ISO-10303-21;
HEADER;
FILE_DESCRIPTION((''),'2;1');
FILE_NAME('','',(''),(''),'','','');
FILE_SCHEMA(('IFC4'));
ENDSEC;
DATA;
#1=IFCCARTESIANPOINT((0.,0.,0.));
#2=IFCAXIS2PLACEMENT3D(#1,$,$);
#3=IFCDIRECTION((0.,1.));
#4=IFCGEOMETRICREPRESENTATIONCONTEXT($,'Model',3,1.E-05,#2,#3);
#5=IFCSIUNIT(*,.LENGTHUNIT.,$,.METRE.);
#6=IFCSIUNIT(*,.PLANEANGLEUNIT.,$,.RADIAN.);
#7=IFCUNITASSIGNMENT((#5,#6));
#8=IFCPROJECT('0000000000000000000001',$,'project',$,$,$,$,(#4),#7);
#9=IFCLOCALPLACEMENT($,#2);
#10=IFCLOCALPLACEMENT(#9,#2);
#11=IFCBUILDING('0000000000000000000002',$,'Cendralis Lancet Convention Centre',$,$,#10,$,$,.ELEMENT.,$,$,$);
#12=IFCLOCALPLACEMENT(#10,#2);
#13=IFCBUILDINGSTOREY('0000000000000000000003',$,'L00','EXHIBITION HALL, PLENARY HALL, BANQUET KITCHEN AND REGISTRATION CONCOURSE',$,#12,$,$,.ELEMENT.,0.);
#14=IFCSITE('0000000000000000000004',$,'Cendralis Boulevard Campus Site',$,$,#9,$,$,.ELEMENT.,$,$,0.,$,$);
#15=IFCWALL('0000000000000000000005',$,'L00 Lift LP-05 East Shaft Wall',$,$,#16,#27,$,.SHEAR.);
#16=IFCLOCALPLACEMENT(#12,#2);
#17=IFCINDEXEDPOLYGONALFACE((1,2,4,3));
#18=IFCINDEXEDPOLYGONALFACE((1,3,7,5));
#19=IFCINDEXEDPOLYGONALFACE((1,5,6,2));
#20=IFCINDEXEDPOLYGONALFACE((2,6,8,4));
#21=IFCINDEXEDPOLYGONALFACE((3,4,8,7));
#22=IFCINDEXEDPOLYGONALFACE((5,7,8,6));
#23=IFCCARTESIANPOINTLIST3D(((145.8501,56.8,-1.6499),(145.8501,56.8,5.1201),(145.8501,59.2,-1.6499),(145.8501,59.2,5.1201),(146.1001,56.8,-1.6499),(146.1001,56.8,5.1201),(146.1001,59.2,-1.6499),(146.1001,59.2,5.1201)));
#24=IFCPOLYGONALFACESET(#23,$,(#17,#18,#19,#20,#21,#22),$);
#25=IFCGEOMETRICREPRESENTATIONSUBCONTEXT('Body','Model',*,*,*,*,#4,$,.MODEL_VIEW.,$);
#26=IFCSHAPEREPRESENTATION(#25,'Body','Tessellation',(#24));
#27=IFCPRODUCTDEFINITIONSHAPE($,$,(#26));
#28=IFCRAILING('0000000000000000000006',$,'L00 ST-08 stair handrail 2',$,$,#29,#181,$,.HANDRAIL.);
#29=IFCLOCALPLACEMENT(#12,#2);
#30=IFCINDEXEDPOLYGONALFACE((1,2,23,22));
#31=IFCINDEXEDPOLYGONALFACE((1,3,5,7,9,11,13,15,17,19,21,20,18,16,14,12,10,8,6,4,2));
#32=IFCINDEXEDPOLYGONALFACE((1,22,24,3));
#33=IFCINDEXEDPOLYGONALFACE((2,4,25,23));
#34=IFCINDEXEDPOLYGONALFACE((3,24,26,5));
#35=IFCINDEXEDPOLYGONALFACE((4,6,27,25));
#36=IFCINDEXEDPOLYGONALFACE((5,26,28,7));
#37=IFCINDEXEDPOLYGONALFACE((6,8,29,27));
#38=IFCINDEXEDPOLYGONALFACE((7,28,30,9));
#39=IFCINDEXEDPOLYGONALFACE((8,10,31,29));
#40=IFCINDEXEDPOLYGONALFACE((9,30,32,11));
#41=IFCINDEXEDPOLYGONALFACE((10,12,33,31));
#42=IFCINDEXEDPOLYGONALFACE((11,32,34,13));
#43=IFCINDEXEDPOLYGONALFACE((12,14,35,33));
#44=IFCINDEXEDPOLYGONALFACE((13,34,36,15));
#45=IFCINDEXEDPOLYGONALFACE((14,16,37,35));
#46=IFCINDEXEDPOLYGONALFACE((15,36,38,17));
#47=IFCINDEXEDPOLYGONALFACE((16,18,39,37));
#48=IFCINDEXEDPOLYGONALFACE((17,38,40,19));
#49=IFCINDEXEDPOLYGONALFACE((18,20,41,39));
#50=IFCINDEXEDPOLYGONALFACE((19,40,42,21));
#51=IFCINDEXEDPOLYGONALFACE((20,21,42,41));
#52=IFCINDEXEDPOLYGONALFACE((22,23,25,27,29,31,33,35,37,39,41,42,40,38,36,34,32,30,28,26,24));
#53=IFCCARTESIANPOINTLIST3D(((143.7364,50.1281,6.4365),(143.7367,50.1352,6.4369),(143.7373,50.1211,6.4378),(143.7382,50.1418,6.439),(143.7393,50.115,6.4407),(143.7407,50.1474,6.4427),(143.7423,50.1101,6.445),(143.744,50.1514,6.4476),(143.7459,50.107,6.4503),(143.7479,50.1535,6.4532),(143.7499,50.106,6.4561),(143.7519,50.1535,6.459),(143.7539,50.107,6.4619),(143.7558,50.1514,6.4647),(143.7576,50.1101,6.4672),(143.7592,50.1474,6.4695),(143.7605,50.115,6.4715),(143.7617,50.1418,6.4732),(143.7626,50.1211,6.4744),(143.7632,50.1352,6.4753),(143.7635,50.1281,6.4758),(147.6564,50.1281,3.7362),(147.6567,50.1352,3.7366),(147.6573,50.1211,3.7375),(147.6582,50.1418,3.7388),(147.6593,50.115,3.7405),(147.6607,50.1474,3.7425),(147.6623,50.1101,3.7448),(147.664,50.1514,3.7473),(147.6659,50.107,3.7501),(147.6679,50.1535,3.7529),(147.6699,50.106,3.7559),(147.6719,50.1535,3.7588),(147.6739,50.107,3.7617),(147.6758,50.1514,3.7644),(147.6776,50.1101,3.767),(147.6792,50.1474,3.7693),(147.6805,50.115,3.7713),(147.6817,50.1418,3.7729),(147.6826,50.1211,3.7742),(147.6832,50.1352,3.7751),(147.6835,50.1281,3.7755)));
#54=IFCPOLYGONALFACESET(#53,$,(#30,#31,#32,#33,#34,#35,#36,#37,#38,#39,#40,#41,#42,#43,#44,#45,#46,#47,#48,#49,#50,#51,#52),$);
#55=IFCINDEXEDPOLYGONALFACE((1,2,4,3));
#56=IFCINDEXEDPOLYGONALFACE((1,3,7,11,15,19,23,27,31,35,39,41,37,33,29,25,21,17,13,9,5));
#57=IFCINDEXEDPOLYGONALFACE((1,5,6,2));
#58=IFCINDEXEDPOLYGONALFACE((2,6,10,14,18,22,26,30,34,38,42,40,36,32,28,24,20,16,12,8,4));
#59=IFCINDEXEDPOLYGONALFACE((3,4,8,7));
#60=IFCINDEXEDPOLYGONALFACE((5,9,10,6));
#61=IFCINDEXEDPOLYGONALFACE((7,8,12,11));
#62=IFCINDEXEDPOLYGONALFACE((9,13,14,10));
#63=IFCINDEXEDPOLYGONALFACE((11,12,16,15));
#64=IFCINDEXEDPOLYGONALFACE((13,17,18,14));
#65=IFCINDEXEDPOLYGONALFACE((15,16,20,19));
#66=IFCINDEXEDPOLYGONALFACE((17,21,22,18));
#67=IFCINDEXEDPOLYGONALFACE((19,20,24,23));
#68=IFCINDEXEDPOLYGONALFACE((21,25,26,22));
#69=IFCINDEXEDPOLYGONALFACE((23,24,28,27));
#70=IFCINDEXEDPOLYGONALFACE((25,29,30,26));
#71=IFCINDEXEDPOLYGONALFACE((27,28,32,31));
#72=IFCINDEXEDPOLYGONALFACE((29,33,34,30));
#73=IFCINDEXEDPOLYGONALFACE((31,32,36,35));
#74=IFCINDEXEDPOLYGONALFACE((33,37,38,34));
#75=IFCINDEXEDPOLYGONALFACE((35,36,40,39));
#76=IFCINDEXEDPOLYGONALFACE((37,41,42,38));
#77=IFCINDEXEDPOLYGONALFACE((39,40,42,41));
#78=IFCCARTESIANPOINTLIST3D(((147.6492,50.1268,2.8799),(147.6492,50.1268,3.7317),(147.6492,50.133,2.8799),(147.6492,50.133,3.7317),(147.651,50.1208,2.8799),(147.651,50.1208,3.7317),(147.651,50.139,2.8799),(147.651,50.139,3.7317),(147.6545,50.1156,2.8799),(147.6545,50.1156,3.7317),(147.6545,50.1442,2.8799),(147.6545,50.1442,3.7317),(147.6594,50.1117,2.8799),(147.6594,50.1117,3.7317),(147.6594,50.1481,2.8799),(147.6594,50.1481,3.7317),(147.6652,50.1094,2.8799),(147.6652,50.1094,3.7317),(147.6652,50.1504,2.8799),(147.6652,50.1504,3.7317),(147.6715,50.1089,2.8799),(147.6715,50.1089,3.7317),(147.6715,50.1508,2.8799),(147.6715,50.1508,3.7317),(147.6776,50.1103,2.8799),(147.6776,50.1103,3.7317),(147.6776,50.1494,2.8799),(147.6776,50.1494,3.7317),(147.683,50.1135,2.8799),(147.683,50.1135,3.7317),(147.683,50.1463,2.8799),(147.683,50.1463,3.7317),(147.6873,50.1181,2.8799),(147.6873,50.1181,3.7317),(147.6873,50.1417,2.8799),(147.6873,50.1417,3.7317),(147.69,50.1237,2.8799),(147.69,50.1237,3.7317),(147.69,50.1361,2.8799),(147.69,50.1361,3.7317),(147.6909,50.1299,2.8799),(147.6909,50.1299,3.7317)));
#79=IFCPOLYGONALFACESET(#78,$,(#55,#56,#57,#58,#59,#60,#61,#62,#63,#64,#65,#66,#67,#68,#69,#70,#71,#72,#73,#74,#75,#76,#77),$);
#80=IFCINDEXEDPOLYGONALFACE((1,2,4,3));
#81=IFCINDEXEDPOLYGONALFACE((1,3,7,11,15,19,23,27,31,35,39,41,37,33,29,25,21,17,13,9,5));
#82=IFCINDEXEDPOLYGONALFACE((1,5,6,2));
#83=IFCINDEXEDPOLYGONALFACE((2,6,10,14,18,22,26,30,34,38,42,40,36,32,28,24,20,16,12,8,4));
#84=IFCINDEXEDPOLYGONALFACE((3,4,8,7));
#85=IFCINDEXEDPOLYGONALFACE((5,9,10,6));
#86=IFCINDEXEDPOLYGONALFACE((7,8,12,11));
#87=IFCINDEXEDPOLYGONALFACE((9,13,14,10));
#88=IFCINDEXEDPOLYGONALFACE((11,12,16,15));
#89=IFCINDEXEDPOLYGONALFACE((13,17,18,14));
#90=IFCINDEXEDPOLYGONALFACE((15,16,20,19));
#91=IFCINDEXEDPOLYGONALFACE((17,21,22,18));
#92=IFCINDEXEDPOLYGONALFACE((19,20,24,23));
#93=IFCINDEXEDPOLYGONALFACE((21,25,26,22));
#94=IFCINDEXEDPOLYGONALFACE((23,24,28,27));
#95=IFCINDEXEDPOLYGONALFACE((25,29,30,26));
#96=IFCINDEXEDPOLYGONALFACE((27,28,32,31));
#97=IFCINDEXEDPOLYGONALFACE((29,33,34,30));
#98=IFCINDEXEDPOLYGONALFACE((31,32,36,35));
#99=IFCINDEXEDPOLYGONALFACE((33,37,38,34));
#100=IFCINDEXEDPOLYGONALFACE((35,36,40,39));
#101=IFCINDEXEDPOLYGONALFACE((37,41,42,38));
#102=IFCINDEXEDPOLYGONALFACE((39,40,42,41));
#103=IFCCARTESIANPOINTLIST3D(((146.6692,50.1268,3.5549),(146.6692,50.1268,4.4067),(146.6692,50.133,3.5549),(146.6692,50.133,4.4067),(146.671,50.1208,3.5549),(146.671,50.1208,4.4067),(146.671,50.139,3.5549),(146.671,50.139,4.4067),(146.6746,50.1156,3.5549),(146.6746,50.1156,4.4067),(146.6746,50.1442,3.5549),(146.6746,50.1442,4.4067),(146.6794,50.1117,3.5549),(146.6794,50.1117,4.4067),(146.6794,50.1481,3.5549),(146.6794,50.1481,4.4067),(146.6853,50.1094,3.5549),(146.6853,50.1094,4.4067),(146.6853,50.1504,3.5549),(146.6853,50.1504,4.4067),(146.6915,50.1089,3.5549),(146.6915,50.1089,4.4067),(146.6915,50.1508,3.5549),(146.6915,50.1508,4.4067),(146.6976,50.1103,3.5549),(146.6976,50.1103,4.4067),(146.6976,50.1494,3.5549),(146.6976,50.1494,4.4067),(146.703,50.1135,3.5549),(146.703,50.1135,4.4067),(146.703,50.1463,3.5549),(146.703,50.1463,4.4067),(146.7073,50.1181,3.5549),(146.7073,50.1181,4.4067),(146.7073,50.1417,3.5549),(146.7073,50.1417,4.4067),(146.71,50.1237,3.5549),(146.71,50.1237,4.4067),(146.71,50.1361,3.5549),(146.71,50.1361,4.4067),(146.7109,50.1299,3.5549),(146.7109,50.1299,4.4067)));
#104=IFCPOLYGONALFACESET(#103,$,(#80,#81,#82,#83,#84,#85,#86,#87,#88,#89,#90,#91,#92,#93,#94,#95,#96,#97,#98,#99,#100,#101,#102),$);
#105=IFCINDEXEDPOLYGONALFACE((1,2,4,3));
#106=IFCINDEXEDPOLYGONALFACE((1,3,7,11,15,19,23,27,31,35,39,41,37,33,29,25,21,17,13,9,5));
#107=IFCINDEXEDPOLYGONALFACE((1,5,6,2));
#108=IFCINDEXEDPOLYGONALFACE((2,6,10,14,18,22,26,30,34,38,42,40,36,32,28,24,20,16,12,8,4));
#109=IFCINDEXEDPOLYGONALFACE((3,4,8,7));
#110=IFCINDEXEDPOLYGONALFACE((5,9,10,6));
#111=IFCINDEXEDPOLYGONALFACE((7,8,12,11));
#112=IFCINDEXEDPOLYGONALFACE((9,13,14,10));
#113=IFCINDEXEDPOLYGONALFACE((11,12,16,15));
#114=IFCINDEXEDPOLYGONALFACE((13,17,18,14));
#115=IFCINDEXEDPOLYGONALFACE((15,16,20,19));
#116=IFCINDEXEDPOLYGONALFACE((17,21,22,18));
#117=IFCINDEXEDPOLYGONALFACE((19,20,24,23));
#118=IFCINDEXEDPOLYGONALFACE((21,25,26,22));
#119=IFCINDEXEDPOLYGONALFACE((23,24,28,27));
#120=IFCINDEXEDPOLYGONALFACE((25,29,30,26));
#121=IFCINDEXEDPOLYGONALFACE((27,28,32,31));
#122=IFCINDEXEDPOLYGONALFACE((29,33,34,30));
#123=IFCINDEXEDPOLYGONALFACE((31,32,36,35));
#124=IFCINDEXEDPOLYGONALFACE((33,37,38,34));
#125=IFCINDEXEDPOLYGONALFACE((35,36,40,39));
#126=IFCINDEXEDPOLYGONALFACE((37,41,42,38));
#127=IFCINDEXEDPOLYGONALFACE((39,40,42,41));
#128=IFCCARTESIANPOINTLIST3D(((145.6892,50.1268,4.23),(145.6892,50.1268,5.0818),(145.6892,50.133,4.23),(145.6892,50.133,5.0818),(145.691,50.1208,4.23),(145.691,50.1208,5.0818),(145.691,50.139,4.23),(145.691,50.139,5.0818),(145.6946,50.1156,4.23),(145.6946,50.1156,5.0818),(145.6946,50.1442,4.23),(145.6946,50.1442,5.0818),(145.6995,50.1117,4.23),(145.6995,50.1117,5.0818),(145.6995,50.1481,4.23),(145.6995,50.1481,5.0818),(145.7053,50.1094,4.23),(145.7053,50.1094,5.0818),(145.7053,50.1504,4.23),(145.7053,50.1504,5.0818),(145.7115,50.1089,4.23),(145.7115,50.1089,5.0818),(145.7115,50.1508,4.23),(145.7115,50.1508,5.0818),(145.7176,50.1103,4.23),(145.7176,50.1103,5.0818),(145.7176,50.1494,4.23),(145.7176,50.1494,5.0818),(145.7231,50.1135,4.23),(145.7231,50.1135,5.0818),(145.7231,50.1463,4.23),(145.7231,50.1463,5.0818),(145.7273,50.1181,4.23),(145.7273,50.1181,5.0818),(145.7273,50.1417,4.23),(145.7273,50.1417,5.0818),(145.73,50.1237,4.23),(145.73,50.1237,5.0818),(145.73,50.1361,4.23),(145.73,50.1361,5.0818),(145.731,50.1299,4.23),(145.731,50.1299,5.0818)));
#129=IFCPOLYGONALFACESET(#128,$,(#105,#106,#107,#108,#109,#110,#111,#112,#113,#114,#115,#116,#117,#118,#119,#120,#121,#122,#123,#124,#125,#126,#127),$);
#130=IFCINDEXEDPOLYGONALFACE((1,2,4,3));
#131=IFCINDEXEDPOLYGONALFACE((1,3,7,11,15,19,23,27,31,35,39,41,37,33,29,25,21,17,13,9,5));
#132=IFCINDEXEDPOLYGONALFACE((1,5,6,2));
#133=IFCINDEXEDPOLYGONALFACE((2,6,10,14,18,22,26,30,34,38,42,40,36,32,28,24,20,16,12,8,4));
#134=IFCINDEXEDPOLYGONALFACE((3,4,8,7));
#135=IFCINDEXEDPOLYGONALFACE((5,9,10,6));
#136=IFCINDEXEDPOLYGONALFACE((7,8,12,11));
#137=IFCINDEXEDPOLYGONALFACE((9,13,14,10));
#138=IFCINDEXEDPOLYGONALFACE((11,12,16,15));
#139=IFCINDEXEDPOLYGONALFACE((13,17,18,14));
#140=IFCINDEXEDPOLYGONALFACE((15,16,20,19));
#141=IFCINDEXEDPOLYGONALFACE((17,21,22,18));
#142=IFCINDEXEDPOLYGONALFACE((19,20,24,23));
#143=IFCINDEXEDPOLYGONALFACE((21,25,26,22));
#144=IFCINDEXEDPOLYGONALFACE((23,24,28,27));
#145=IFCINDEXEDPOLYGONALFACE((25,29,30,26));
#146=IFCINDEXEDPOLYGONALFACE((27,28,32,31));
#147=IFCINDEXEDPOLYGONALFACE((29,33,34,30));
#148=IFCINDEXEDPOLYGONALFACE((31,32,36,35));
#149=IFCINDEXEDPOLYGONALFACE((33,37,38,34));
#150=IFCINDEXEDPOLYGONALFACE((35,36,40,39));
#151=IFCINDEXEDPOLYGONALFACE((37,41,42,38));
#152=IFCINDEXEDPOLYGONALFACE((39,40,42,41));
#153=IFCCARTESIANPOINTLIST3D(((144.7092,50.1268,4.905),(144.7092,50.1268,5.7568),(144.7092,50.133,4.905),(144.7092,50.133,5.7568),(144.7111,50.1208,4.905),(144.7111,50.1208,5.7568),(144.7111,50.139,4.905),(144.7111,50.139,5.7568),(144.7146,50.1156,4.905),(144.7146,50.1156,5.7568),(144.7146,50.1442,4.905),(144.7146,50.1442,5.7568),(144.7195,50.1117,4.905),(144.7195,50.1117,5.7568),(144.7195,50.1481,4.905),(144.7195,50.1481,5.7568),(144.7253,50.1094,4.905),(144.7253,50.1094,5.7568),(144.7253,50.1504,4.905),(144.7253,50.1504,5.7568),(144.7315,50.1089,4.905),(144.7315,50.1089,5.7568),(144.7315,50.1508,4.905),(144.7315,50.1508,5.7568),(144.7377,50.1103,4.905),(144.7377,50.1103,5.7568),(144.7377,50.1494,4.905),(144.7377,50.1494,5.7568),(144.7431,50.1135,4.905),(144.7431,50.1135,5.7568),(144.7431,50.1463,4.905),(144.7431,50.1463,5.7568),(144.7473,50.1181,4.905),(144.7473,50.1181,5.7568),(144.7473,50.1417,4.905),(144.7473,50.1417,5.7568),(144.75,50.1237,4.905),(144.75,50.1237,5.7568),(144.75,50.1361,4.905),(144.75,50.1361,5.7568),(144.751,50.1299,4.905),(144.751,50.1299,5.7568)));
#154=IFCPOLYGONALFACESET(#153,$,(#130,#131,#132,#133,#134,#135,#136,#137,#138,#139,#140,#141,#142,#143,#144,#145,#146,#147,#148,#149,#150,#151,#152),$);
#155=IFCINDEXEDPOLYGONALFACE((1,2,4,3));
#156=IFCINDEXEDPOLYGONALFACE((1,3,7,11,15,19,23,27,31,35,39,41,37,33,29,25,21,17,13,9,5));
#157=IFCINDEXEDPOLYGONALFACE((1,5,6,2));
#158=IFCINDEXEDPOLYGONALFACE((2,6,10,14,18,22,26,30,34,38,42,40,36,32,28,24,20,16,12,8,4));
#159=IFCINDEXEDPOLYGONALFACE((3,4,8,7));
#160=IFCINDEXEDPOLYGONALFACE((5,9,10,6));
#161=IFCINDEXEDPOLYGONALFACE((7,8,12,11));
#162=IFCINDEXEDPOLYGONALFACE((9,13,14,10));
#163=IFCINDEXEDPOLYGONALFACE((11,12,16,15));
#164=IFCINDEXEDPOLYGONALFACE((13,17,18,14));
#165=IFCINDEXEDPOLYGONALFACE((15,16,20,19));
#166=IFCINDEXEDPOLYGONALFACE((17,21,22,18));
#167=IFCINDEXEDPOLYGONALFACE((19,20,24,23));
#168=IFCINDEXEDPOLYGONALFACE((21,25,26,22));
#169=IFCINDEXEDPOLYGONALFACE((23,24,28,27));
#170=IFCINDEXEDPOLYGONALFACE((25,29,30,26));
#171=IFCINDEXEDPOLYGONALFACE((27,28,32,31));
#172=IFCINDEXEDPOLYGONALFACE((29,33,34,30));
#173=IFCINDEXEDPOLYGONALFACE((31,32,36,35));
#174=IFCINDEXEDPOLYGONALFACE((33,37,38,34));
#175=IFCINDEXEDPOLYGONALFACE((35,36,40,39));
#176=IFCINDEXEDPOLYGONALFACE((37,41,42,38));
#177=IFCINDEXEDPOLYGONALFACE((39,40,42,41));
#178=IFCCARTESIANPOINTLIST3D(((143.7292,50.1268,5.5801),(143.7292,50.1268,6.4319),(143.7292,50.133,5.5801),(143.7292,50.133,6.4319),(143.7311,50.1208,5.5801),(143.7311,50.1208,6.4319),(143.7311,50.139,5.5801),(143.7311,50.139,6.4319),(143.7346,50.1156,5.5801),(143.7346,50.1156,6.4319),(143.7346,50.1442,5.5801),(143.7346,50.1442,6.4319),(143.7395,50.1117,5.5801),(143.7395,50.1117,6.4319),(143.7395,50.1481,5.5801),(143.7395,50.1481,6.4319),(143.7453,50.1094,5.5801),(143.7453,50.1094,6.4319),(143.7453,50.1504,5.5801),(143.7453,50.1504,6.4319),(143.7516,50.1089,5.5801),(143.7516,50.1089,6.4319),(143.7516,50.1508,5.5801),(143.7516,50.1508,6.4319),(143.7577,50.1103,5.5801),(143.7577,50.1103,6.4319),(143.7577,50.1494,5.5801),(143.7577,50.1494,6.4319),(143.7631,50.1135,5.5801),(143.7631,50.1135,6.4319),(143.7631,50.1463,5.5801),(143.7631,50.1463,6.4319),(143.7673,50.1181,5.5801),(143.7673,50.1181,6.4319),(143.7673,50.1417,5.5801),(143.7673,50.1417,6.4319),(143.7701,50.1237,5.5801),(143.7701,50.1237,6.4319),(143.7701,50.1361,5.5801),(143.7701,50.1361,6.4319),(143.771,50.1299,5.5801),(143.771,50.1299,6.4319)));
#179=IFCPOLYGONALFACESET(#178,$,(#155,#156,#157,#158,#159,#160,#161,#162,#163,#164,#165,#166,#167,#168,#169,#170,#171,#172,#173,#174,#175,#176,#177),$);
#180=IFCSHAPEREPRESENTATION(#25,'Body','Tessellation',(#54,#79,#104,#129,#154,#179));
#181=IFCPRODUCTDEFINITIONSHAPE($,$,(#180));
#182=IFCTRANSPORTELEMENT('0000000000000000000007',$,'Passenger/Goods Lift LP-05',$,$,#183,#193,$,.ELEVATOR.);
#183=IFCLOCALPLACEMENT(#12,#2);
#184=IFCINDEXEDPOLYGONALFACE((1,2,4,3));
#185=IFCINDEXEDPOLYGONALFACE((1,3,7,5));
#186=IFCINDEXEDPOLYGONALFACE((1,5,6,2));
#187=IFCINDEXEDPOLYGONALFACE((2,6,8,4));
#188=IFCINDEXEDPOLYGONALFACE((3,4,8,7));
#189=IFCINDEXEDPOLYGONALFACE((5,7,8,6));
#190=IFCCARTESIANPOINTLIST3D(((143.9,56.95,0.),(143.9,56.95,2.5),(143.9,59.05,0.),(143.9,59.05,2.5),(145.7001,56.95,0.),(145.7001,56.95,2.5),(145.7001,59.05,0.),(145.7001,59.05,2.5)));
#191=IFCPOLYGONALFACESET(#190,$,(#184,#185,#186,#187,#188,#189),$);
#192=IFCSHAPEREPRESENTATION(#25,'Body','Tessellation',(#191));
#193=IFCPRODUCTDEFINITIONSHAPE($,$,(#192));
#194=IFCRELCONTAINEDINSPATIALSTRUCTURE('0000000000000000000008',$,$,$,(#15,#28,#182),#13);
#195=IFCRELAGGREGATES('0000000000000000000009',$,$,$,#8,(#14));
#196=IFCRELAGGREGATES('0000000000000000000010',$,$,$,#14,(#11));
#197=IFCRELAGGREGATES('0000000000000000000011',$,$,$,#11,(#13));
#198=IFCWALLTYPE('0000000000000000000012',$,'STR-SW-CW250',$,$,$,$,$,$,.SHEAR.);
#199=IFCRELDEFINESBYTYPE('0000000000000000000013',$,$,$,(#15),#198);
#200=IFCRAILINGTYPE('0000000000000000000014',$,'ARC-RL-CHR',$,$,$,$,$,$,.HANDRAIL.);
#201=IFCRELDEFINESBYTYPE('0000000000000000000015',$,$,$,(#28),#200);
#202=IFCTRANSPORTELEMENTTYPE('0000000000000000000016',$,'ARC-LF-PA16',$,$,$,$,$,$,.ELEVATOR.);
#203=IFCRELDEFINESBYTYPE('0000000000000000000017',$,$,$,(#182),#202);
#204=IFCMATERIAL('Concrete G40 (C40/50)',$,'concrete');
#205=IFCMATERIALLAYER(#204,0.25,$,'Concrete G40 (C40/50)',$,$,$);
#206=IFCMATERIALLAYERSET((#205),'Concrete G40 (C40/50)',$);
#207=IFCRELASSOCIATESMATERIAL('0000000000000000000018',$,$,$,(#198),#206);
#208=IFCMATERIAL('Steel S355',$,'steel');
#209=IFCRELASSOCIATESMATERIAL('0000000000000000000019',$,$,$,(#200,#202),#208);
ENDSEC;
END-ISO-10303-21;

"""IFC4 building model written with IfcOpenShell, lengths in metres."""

from ifc_helpers import new_model, si_unit, direction, frame, frame_2d, origin, origin_2d, place, context, subcontext, project, spatial, rectangle, circle, extrude, material, layer, layer_set, type_object, element, save


model = new_model("IFC4")

# Units and contexts
model_context = context("Model", 3, precision=1e-05, world=origin(), true_north=direction((0.0, 1.0)))
body_context = subcontext(model_context, "Body", "Model", "MODEL_VIEW")
ifc_project = project(units=[si_unit("LENGTHUNIT", "METRE"), si_unit("PLANEANGLEUNIT", "RADIAN")], contexts=[model_context])

# Site, building, storey
site_placement = place(None, origin())
site = spatial("IfcSite", under=ifc_project, at=site_placement, Name="Cendralis Boulevard Campus Site", CompositionType="ELEMENT", RefElevation=0.0)
building_placement = place(site_placement, origin())
building = spatial("IfcBuilding", under=site, at=building_placement, Name="Cendralis Lancet Convention Centre", CompositionType="ELEMENT")
storey_placement = place(building_placement, origin())
storey = spatial("IfcBuildingStorey", under=building, at=storey_placement, Name="L00", Description="EXHIBITION HALL, PLENARY HALL, BANQUET KITCHEN AND REGISTRATION CONCOURSE", CompositionType="ELEMENT", Elevation=0.0)

# Shared definitions
ifc_material_1 = material(Name="Concrete G40 (C40/50)", Category="concrete")

# Shared definitions
ifc_material_2 = material(Name="Steel S355", Category="steel")

# Shared definitions
ifc_layer_1 = layer(ifc_material_1, 0.25, Name="Concrete G40 (C40/50)")
ifc_layer_set_1 = layer_set([ifc_layer_1], Name="Concrete G40 (C40/50)")
wall_type_1 = type_object("IfcWallType", Name="STR-SW-CW250", PredefinedType="SHEAR", material=ifc_layer_set_1)

# Wall
for number, where, z_axis, x_axis, name in (
    (1, (145.9751, 56.8, -1.6499), (0.0, 0.0, 1.0), (0.0, 1.0, 0.0), "L00 Lift LP-05 East Shaft Wall"),
):
    element("IfcWall", number, at=place(storey_placement, frame(where, z_axis=z_axis, x_axis=x_axis)), inside=storey, type_object=wall_type_1, Name=name, PredefinedType="SHEAR", context=body_context, shape_type="SweptSolid", body=[
        extrude(rectangle(XDim=2.3999, YDim=0.25, at=frame_2d((1.2, 0.0))), origin(), (0.0, 0.0, 1.0), 6.77),
    ])

# Railing
railing_type = type_object("IfcRailingType", Name="ARC-RL-CHR", PredefinedType="HANDRAIL", material=ifc_material_2)
railing_placement = place(storey_placement, frame((147.6699, 50.1299, 2.8799)))
element("IfcRailing", 2, at=railing_placement, inside=storey, type_object=railing_type, Name="L00 ST-08 stair handrail 2", PredefinedType="HANDRAIL", context=body_context, shape_type="SweptSolid", body=[
    extrude(circle(Radius=0.0239, at=origin_2d()), frame((0.0, 0.0, 0.876), z_axis=(-0.823527, 0.0, 0.567277), x_axis=(0.0, -1.0, 0.0)), (0.0, 0.0, 1.0), 4.76),
    extrude(circle(Radius=0.021, at=origin_2d()), origin(), (0.0, 0.0, 1.0), 0.8518),
    extrude(circle(Radius=0.021, at=origin_2d()), frame((-0.98, 0.0, 0.675)), (0.0, 0.0, 1.0), 0.8518),
    extrude(circle(Radius=0.021, at=origin_2d()), frame((-1.96, 0.0, 1.3501)), (0.0, 0.0, 1.0), 0.8518),
    extrude(circle(Radius=0.021, at=origin_2d()), frame((-2.9399, 0.0, 2.0251)), (0.0, 0.0, 1.0), 0.8518),
    extrude(circle(Radius=0.021, at=origin_2d()), frame((-3.9199, 0.0, 2.7002)), (0.0, 0.0, 1.0), 0.8518),
])

# Transport element
transport_element_type = type_object("IfcTransportElementType", Name="ARC-LF-PA16", PredefinedType="ELEVATOR", material=ifc_material_2)
transport_element_placement = place(storey_placement, frame((144.8, 58.0, 0.0), z_axis=(0.0, 0.0, 1.0), x_axis=(1.0, 0.0, 0.0)))
element("IfcTransportElement", 3, at=transport_element_placement, inside=storey, type_object=transport_element_type, Name="Passenger/Goods Lift LP-05", PredefinedType="ELEVATOR", context=body_context, shape_type="SweptSolid", body=[
    extrude(rectangle(XDim=1.8, YDim=2.1001, at=origin_2d()), origin(), (0.0, 0.0, 1.0), 2.5),
])

save(model, "model.ifc")
